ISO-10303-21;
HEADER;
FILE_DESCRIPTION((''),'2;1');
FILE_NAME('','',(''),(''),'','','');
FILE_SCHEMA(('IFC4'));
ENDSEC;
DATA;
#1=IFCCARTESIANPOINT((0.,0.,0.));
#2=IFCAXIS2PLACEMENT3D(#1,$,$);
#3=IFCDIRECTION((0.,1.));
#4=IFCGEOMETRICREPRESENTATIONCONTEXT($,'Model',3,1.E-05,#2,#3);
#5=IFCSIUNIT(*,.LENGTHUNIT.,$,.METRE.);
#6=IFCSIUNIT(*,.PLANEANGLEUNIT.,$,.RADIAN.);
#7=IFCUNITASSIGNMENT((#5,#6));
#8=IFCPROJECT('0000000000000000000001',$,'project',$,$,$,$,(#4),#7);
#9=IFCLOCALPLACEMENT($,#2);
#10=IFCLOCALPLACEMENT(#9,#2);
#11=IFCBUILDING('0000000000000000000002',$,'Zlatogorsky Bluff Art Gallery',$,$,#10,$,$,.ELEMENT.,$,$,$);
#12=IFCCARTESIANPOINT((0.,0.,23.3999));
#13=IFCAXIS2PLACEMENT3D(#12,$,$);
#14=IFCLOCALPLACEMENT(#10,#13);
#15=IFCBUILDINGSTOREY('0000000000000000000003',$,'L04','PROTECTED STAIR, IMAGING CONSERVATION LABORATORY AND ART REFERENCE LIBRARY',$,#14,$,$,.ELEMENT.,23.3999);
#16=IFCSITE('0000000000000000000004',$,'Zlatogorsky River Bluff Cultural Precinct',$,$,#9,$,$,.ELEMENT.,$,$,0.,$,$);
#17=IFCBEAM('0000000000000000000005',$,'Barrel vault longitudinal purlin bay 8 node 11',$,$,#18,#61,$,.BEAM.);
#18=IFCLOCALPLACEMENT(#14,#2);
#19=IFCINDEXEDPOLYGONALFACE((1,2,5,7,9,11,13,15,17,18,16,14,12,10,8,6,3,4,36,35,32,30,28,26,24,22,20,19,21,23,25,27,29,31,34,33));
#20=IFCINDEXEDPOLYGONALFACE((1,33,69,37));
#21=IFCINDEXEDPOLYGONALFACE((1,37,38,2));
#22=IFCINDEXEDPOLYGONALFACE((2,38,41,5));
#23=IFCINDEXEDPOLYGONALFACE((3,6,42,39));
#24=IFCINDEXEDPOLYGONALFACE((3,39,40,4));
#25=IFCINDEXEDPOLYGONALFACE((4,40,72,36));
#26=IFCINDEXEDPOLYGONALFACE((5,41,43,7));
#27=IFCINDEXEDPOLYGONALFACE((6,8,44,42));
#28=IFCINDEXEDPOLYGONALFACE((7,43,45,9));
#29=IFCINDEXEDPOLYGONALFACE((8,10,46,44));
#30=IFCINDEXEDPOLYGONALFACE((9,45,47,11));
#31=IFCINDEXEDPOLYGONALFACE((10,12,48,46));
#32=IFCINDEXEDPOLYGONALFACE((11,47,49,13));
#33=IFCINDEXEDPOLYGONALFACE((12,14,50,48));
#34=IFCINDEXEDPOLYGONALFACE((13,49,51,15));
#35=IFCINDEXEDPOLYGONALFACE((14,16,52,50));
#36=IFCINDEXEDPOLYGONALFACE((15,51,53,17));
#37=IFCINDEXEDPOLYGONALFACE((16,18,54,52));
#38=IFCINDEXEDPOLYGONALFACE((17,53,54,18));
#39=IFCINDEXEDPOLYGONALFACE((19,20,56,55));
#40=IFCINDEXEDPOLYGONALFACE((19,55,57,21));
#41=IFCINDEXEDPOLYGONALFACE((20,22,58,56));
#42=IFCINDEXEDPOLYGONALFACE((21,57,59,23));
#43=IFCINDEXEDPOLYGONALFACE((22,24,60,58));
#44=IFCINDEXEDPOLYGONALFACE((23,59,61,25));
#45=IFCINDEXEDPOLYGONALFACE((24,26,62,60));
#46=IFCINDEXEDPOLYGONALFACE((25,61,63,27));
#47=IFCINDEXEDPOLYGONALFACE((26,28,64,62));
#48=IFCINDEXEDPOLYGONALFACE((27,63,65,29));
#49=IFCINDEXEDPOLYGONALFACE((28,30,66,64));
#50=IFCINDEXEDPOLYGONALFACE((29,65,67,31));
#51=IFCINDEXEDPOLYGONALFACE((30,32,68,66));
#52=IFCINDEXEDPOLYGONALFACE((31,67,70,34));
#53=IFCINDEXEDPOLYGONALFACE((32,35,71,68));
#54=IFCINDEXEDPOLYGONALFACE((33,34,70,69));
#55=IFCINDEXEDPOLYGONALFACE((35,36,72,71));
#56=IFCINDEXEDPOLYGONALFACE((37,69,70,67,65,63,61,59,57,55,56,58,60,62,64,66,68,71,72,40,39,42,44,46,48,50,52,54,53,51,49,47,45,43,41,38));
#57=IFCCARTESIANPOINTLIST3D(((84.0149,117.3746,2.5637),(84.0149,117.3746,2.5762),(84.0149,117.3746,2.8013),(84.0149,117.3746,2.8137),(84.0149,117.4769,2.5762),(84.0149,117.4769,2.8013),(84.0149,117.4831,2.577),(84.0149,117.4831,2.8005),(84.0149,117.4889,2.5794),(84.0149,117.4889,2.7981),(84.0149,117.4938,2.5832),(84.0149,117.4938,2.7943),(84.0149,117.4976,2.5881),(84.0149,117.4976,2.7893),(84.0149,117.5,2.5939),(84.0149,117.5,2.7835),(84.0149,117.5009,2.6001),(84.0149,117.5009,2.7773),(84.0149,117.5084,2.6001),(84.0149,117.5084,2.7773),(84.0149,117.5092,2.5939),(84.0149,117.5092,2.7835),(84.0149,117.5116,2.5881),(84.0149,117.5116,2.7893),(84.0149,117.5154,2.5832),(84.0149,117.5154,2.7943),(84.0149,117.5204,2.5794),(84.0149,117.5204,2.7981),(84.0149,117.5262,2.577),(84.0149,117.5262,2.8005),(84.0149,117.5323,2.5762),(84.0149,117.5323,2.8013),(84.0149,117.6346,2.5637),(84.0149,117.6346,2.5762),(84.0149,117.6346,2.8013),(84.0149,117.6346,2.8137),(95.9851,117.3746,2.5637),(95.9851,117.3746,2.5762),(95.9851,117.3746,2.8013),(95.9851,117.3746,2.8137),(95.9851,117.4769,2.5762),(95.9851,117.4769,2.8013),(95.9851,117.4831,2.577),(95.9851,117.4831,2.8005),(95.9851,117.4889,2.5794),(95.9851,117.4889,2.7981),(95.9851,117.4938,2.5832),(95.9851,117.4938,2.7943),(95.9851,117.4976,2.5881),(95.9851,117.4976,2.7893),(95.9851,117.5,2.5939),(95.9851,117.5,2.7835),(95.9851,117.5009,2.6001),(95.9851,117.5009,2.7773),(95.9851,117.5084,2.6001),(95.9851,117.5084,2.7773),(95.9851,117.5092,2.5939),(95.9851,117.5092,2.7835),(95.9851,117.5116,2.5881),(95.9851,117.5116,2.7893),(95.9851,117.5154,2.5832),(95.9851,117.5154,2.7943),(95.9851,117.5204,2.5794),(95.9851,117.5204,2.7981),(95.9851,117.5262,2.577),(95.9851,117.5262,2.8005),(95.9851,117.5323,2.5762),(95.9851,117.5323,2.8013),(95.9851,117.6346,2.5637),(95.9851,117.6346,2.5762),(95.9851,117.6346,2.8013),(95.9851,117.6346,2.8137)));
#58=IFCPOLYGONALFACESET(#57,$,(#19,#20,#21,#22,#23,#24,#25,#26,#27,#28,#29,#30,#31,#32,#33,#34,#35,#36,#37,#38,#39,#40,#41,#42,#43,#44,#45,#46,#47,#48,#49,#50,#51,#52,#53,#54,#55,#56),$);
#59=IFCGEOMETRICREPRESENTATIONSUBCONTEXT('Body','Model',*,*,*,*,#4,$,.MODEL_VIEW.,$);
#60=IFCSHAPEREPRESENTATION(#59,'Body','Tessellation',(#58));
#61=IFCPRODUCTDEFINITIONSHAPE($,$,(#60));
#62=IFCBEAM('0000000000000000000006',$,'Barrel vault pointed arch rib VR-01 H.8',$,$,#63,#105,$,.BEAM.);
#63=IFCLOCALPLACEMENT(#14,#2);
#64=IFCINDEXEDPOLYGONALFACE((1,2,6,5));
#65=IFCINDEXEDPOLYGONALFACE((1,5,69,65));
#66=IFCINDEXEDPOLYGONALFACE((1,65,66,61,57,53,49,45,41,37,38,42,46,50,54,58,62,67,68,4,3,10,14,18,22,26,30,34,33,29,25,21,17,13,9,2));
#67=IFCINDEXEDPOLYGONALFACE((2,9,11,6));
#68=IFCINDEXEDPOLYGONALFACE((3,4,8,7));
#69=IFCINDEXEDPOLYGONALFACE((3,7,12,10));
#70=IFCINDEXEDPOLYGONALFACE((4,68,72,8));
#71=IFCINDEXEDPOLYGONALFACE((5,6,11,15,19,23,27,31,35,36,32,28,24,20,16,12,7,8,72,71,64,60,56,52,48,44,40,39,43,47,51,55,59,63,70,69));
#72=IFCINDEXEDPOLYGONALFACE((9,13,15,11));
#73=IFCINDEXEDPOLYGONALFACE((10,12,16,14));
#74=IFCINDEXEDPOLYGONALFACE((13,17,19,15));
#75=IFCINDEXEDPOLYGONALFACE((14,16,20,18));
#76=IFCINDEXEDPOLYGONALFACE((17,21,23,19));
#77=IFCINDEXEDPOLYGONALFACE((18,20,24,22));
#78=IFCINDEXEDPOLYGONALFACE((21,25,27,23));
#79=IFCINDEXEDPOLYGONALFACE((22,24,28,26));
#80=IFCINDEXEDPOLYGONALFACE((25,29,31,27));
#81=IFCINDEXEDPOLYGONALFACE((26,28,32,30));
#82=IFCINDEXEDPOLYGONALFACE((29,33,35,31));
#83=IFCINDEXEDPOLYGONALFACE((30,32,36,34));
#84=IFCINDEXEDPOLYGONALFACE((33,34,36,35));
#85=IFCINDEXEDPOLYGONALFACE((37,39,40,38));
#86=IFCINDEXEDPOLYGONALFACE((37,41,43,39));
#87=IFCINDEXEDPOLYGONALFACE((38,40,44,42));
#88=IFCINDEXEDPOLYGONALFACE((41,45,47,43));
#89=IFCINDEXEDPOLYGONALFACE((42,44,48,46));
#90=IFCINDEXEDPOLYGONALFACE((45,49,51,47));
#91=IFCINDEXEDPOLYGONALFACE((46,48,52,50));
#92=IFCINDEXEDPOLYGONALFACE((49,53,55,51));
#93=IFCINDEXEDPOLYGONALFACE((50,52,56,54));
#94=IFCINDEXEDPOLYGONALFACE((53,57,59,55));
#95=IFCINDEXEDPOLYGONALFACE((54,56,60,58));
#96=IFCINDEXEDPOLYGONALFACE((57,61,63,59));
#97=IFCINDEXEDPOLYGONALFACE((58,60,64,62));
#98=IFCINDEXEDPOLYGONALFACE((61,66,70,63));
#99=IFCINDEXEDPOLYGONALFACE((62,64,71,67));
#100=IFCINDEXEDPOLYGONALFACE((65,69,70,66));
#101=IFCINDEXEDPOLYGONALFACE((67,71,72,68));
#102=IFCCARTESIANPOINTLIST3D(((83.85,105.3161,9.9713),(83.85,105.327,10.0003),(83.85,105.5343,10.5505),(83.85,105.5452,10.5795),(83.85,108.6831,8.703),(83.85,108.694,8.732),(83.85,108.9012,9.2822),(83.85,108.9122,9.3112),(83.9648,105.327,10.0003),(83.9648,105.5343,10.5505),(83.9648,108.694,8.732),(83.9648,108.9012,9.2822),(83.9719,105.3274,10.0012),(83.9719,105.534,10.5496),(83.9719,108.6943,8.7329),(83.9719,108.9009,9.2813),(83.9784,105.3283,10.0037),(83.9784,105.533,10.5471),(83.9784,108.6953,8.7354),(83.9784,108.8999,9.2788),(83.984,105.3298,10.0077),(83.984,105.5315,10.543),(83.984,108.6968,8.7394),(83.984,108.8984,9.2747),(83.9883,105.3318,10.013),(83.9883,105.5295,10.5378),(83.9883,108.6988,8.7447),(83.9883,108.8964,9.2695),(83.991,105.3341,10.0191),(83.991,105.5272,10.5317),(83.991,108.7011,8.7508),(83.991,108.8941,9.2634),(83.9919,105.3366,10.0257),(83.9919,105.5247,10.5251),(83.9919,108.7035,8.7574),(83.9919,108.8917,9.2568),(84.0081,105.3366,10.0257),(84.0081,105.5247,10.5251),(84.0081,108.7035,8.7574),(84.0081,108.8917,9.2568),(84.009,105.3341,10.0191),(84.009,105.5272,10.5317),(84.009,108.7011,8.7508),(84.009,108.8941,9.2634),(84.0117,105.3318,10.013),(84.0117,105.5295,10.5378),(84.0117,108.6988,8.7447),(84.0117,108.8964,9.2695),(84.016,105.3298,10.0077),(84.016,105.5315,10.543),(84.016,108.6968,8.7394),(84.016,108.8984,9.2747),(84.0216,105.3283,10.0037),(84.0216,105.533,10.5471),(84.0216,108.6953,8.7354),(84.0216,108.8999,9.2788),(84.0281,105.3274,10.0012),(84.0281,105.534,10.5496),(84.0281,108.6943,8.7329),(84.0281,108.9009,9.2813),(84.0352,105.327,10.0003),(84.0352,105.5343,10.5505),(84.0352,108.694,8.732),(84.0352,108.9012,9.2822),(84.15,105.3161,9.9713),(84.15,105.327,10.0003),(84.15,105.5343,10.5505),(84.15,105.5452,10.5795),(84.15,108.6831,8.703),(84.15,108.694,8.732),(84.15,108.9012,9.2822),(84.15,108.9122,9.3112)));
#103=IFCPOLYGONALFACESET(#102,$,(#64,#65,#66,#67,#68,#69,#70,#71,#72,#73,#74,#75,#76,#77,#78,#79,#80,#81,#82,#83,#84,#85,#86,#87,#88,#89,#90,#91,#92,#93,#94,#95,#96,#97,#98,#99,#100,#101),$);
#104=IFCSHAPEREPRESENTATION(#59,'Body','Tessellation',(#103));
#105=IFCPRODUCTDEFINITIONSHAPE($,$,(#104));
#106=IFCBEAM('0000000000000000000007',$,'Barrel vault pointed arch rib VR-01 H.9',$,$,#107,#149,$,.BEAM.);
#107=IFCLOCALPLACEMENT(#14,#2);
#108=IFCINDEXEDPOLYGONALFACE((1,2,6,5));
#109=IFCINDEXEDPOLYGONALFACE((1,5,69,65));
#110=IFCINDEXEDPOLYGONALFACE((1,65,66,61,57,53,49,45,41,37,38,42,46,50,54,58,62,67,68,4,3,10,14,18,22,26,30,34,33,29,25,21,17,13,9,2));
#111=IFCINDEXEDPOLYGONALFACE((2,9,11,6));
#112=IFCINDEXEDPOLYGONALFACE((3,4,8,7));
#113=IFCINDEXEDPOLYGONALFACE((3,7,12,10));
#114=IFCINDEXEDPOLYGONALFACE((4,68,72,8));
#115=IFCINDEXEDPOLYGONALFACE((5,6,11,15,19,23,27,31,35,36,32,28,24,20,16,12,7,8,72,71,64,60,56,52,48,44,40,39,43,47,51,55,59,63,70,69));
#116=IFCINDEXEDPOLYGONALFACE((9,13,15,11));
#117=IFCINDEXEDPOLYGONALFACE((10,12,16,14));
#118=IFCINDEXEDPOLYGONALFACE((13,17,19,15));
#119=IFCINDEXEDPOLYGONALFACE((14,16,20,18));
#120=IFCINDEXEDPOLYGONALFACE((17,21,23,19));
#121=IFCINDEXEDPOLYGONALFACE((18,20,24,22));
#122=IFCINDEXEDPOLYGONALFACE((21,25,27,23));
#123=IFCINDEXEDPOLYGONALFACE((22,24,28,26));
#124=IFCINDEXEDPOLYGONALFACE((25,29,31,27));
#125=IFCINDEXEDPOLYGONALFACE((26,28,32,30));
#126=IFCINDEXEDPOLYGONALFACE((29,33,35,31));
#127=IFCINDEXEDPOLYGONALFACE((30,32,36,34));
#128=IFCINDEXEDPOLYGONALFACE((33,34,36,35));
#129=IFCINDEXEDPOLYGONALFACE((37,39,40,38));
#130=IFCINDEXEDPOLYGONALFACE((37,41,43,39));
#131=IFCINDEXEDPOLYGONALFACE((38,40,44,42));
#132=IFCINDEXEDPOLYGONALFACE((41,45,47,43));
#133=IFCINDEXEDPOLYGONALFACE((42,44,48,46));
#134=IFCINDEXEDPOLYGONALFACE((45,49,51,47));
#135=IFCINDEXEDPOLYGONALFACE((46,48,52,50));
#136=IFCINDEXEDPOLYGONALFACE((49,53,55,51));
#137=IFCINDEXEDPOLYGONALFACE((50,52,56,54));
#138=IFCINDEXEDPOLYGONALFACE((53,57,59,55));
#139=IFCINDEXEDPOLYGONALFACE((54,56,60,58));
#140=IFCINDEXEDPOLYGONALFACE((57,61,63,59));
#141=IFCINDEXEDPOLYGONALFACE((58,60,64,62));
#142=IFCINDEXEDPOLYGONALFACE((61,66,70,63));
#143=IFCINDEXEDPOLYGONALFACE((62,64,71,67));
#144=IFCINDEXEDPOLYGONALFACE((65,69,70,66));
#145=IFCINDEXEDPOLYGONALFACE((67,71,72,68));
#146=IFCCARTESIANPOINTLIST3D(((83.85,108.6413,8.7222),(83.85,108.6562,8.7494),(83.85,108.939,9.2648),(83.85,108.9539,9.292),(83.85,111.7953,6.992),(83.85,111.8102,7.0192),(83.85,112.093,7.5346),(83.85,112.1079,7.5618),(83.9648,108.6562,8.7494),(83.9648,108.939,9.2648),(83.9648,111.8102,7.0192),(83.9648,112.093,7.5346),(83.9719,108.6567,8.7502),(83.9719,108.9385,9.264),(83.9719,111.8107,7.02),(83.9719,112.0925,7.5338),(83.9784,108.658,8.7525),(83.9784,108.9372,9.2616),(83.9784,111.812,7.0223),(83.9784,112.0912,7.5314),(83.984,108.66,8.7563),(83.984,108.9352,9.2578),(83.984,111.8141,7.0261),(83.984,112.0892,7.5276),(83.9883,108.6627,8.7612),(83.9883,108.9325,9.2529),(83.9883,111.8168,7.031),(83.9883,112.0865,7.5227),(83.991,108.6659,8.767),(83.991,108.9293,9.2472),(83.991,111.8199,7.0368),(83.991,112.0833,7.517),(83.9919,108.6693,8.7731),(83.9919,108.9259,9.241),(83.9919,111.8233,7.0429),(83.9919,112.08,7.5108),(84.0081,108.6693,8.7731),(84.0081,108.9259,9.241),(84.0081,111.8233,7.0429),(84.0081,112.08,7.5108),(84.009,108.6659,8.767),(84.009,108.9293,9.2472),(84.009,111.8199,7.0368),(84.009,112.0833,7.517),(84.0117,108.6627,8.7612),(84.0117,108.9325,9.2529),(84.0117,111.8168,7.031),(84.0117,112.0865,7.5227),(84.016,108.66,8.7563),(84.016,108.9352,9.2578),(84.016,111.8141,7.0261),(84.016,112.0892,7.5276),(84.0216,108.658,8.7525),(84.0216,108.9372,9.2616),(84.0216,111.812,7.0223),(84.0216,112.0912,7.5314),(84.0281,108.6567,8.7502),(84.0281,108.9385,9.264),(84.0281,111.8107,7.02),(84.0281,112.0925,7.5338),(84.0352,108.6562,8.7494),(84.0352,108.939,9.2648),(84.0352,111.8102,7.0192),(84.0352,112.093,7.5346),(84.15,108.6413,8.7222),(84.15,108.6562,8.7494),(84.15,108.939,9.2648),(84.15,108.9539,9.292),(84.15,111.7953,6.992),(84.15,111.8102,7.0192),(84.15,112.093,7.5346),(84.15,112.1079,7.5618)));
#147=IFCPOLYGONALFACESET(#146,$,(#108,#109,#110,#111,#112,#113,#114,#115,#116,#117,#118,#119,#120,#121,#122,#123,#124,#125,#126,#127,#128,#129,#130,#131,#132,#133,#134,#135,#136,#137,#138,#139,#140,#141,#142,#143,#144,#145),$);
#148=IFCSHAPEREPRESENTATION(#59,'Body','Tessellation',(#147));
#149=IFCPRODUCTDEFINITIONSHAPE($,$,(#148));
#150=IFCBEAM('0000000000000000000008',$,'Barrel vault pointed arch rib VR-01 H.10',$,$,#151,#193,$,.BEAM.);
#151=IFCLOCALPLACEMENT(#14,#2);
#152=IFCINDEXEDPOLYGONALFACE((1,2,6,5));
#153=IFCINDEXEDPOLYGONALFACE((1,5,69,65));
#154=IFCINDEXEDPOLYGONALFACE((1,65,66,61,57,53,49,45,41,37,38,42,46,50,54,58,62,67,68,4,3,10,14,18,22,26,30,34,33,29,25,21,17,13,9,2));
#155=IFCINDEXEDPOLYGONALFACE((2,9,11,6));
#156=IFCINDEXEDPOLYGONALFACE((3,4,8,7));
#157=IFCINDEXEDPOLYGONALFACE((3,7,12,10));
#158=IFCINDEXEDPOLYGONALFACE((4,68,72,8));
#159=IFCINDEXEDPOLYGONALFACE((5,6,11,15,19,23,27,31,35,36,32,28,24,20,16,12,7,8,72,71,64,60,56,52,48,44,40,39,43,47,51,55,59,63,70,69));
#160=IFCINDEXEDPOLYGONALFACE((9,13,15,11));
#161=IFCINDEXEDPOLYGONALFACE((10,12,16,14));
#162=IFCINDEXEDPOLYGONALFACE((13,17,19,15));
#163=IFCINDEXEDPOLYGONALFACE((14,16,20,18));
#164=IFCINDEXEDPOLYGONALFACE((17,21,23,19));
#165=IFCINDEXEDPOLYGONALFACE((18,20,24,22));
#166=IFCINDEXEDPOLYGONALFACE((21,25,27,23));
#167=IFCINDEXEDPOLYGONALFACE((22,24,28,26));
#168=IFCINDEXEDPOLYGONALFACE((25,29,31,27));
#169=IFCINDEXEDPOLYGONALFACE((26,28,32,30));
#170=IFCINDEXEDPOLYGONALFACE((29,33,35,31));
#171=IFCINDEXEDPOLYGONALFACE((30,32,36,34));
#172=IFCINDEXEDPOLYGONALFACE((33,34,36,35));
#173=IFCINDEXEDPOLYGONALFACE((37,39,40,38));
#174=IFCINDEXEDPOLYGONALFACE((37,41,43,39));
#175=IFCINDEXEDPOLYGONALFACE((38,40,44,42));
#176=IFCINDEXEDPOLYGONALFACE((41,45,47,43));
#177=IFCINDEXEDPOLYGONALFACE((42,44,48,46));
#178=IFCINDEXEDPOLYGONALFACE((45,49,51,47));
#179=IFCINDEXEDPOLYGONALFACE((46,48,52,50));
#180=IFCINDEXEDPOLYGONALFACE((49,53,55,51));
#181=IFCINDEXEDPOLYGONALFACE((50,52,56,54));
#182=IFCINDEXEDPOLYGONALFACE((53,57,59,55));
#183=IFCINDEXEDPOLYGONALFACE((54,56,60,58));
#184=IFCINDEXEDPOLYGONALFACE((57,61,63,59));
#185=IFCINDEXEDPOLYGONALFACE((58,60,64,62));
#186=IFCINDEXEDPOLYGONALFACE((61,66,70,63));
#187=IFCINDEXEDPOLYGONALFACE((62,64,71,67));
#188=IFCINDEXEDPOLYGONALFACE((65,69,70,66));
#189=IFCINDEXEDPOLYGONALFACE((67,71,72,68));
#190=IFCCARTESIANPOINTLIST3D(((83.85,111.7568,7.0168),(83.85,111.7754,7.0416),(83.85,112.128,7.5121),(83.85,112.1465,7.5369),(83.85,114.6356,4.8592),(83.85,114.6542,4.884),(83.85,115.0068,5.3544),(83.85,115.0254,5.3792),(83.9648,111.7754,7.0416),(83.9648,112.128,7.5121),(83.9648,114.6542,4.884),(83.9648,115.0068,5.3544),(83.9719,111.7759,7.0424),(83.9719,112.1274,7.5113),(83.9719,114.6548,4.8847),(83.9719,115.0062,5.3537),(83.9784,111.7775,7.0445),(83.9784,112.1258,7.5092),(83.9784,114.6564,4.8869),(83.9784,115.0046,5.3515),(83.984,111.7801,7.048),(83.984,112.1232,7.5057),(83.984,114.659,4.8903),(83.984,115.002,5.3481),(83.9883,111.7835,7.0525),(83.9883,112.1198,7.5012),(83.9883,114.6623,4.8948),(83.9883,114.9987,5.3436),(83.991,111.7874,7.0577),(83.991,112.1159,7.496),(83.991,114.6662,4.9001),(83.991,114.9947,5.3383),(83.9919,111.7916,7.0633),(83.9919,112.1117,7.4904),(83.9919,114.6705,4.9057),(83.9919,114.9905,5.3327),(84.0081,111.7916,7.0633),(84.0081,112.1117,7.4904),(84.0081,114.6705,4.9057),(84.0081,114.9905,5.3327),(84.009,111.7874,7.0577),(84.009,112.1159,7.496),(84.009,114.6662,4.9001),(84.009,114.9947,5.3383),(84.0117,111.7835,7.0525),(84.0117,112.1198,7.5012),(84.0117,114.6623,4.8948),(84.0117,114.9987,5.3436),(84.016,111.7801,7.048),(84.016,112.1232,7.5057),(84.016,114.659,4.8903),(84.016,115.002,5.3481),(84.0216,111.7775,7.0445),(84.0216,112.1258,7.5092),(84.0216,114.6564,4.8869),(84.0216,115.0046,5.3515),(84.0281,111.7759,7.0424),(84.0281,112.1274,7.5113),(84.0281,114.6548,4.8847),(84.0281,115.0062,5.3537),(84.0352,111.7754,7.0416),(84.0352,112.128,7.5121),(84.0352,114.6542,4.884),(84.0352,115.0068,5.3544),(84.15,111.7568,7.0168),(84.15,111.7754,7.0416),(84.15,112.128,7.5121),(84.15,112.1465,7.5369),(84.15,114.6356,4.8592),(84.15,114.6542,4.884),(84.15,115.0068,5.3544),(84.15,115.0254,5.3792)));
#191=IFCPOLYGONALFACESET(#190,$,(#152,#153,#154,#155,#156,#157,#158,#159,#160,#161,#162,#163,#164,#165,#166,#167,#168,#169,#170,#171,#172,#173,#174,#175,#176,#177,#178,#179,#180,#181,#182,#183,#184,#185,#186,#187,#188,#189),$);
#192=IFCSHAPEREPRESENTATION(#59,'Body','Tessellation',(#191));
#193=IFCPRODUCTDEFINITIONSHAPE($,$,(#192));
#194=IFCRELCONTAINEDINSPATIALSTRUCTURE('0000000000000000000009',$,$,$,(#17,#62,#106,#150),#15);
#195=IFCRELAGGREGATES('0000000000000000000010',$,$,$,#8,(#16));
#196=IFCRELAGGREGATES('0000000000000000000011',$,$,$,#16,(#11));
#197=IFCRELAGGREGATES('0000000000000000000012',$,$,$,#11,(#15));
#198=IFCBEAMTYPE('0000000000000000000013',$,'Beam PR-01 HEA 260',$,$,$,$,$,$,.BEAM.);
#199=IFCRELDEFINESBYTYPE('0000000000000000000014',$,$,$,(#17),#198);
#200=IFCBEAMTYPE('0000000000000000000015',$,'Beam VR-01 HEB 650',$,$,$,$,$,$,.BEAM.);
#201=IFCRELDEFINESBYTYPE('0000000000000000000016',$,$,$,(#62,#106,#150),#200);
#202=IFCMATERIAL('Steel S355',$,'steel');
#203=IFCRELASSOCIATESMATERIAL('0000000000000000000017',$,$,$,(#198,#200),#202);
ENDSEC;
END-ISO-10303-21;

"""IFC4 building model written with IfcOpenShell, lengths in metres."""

from ifc_helpers import new_model, si_unit, direction, frame, origin, origin_2d, place, context, subcontext, project, spatial, i_section, extrude, material, material_profile, profile_set, type_object, element, save


model = new_model("IFC4")

# Units and contexts
model_context = context("Model", 3, precision=1e-05, world=origin(), true_north=direction((0.0, 1.0)))
body_context = subcontext(model_context, "Body", "Model", "MODEL_VIEW")
ifc_project = project(units=[si_unit("LENGTHUNIT", "METRE"), si_unit("PLANEANGLEUNIT", "RADIAN")], contexts=[model_context])

# Site, building, storey
site_placement = place(None, origin())
site = spatial("IfcSite", under=ifc_project, at=site_placement, Name="Zlatogorsky River Bluff Cultural Precinct", CompositionType="ELEMENT", RefElevation=0.0)
building_placement = place(site_placement, origin())
building = spatial("IfcBuilding", under=site, at=building_placement, Name="Zlatogorsky Bluff Art Gallery", CompositionType="ELEMENT")
storey_placement = place(building_placement, frame((0.0, 0.0, 23.3999)))
storey = spatial("IfcBuildingStorey", under=building, at=storey_placement, Name="L04", Description="PROTECTED STAIR, IMAGING CONSERVATION LABORATORY AND ART REFERENCE LIBRARY", CompositionType="ELEMENT", Elevation=23.3999)

# Beams
ifc_material_1 = material(Name="Steel S355", Category="steel")
ifc_material_profile_1 = material_profile(ifc_material_1, i_section(OverallWidth=0.26, OverallDepth=0.25, WebThickness=0.0076, FlangeThickness=0.0125, FilletRadius=0.0239, at=origin_2d()), Name="HEA 260")
ifc_profile_set_1 = profile_set([ifc_material_profile_1], Name="Steel S355")
beam_type_1 = type_object("IfcBeamType", Name="Beam PR-01 HEA 260", PredefinedType="BEAM", material=ifc_profile_set_1)
for number, where, z_axis, x_axis, name in (
    (1, (84.0149, 117.5046, 2.6887), (1.0, 0.0, 0.0), (0.0, 1.0, 0.0), "Barrel vault longitudinal purlin bay 8 node 11"),
):
    element("IfcBeam", number, at=place(storey_placement, frame(where, z_axis=z_axis, x_axis=x_axis)), inside=storey, type_object=beam_type_1, Name=name, PredefinedType="BEAM", context=body_context, shape_type="SweptSolid", body=[
        extrude(i_section(OverallWidth=0.26, OverallDepth=0.25, WebThickness=0.0076, FlangeThickness=0.0125, FilletRadius=0.0239, at=origin_2d()), origin(), (0.0, 0.0, 1.0), 11.9702),
    ])
ifc_material_profile_2 = material_profile(ifc_material_1, i_section(OverallWidth=0.3, OverallDepth=0.6499, WebThickness=0.0161, FlangeThickness=0.031, FilletRadius=0.0271, at=origin_2d()), Name="HEB 650")
ifc_profile_set_2 = profile_set([ifc_material_profile_2], Name="Steel S355")
beam_type_2 = type_object("IfcBeamType", Name="Beam VR-01 HEB 650", PredefinedType="BEAM", material=ifc_profile_set_2)
beam_1_placement = place(storey_placement, frame((84.0, 105.4307, 10.2754), z_axis=(0.0, 0.935807, -0.352514), x_axis=(-1.0, 0.0, 0.0)))
element("IfcBeam", 2, at=beam_1_placement, inside=storey, type_object=beam_type_2, Name="Barrel vault pointed arch rib VR-01 H.8", PredefinedType="BEAM", context=body_context, shape_type="SweptSolid", body=[
    extrude(i_section(OverallWidth=0.3, OverallDepth=0.6499, WebThickness=0.0161, FlangeThickness=0.031, FilletRadius=0.0271, at=origin_2d()), origin(), (0.0, 0.0, 1.0), 3.5979),
])
beam_2_placement = place(storey_placement, frame((84.0, 108.7976, 9.0071), z_axis=(0.0, 0.876744, -0.480957), x_axis=(-1.0, 0.0, 0.0)))
element("IfcBeam", 3, at=beam_2_placement, inside=storey, type_object=beam_type_2, Name="Barrel vault pointed arch rib VR-01 H.9", PredefinedType="BEAM", context=body_context, shape_type="SweptSolid", body=[
    extrude(i_section(OverallWidth=0.3, OverallDepth=0.6499, WebThickness=0.0161, FlangeThickness=0.031, FilletRadius=0.0271, at=origin_2d()), origin(), (0.0, 0.0, 1.0), 3.5974),
])
beam_3_placement = place(storey_placement, frame((84.0, 111.9517, 7.2769), z_axis=(0.0, 0.800195, -0.599739), x_axis=(-1.0, 0.0, 0.0)))
element("IfcBeam", 4, at=beam_3_placement, inside=storey, type_object=beam_type_2, Name="Barrel vault pointed arch rib VR-01 H.10", PredefinedType="BEAM", context=body_context, shape_type="SweptSolid", body=[
    extrude(i_section(OverallWidth=0.3, OverallDepth=0.6499, WebThickness=0.0161, FlangeThickness=0.031, FilletRadius=0.0271, at=origin_2d()), origin(), (0.0, 0.0, 1.0), 3.5977),
])

save(model, "model.ifc")
